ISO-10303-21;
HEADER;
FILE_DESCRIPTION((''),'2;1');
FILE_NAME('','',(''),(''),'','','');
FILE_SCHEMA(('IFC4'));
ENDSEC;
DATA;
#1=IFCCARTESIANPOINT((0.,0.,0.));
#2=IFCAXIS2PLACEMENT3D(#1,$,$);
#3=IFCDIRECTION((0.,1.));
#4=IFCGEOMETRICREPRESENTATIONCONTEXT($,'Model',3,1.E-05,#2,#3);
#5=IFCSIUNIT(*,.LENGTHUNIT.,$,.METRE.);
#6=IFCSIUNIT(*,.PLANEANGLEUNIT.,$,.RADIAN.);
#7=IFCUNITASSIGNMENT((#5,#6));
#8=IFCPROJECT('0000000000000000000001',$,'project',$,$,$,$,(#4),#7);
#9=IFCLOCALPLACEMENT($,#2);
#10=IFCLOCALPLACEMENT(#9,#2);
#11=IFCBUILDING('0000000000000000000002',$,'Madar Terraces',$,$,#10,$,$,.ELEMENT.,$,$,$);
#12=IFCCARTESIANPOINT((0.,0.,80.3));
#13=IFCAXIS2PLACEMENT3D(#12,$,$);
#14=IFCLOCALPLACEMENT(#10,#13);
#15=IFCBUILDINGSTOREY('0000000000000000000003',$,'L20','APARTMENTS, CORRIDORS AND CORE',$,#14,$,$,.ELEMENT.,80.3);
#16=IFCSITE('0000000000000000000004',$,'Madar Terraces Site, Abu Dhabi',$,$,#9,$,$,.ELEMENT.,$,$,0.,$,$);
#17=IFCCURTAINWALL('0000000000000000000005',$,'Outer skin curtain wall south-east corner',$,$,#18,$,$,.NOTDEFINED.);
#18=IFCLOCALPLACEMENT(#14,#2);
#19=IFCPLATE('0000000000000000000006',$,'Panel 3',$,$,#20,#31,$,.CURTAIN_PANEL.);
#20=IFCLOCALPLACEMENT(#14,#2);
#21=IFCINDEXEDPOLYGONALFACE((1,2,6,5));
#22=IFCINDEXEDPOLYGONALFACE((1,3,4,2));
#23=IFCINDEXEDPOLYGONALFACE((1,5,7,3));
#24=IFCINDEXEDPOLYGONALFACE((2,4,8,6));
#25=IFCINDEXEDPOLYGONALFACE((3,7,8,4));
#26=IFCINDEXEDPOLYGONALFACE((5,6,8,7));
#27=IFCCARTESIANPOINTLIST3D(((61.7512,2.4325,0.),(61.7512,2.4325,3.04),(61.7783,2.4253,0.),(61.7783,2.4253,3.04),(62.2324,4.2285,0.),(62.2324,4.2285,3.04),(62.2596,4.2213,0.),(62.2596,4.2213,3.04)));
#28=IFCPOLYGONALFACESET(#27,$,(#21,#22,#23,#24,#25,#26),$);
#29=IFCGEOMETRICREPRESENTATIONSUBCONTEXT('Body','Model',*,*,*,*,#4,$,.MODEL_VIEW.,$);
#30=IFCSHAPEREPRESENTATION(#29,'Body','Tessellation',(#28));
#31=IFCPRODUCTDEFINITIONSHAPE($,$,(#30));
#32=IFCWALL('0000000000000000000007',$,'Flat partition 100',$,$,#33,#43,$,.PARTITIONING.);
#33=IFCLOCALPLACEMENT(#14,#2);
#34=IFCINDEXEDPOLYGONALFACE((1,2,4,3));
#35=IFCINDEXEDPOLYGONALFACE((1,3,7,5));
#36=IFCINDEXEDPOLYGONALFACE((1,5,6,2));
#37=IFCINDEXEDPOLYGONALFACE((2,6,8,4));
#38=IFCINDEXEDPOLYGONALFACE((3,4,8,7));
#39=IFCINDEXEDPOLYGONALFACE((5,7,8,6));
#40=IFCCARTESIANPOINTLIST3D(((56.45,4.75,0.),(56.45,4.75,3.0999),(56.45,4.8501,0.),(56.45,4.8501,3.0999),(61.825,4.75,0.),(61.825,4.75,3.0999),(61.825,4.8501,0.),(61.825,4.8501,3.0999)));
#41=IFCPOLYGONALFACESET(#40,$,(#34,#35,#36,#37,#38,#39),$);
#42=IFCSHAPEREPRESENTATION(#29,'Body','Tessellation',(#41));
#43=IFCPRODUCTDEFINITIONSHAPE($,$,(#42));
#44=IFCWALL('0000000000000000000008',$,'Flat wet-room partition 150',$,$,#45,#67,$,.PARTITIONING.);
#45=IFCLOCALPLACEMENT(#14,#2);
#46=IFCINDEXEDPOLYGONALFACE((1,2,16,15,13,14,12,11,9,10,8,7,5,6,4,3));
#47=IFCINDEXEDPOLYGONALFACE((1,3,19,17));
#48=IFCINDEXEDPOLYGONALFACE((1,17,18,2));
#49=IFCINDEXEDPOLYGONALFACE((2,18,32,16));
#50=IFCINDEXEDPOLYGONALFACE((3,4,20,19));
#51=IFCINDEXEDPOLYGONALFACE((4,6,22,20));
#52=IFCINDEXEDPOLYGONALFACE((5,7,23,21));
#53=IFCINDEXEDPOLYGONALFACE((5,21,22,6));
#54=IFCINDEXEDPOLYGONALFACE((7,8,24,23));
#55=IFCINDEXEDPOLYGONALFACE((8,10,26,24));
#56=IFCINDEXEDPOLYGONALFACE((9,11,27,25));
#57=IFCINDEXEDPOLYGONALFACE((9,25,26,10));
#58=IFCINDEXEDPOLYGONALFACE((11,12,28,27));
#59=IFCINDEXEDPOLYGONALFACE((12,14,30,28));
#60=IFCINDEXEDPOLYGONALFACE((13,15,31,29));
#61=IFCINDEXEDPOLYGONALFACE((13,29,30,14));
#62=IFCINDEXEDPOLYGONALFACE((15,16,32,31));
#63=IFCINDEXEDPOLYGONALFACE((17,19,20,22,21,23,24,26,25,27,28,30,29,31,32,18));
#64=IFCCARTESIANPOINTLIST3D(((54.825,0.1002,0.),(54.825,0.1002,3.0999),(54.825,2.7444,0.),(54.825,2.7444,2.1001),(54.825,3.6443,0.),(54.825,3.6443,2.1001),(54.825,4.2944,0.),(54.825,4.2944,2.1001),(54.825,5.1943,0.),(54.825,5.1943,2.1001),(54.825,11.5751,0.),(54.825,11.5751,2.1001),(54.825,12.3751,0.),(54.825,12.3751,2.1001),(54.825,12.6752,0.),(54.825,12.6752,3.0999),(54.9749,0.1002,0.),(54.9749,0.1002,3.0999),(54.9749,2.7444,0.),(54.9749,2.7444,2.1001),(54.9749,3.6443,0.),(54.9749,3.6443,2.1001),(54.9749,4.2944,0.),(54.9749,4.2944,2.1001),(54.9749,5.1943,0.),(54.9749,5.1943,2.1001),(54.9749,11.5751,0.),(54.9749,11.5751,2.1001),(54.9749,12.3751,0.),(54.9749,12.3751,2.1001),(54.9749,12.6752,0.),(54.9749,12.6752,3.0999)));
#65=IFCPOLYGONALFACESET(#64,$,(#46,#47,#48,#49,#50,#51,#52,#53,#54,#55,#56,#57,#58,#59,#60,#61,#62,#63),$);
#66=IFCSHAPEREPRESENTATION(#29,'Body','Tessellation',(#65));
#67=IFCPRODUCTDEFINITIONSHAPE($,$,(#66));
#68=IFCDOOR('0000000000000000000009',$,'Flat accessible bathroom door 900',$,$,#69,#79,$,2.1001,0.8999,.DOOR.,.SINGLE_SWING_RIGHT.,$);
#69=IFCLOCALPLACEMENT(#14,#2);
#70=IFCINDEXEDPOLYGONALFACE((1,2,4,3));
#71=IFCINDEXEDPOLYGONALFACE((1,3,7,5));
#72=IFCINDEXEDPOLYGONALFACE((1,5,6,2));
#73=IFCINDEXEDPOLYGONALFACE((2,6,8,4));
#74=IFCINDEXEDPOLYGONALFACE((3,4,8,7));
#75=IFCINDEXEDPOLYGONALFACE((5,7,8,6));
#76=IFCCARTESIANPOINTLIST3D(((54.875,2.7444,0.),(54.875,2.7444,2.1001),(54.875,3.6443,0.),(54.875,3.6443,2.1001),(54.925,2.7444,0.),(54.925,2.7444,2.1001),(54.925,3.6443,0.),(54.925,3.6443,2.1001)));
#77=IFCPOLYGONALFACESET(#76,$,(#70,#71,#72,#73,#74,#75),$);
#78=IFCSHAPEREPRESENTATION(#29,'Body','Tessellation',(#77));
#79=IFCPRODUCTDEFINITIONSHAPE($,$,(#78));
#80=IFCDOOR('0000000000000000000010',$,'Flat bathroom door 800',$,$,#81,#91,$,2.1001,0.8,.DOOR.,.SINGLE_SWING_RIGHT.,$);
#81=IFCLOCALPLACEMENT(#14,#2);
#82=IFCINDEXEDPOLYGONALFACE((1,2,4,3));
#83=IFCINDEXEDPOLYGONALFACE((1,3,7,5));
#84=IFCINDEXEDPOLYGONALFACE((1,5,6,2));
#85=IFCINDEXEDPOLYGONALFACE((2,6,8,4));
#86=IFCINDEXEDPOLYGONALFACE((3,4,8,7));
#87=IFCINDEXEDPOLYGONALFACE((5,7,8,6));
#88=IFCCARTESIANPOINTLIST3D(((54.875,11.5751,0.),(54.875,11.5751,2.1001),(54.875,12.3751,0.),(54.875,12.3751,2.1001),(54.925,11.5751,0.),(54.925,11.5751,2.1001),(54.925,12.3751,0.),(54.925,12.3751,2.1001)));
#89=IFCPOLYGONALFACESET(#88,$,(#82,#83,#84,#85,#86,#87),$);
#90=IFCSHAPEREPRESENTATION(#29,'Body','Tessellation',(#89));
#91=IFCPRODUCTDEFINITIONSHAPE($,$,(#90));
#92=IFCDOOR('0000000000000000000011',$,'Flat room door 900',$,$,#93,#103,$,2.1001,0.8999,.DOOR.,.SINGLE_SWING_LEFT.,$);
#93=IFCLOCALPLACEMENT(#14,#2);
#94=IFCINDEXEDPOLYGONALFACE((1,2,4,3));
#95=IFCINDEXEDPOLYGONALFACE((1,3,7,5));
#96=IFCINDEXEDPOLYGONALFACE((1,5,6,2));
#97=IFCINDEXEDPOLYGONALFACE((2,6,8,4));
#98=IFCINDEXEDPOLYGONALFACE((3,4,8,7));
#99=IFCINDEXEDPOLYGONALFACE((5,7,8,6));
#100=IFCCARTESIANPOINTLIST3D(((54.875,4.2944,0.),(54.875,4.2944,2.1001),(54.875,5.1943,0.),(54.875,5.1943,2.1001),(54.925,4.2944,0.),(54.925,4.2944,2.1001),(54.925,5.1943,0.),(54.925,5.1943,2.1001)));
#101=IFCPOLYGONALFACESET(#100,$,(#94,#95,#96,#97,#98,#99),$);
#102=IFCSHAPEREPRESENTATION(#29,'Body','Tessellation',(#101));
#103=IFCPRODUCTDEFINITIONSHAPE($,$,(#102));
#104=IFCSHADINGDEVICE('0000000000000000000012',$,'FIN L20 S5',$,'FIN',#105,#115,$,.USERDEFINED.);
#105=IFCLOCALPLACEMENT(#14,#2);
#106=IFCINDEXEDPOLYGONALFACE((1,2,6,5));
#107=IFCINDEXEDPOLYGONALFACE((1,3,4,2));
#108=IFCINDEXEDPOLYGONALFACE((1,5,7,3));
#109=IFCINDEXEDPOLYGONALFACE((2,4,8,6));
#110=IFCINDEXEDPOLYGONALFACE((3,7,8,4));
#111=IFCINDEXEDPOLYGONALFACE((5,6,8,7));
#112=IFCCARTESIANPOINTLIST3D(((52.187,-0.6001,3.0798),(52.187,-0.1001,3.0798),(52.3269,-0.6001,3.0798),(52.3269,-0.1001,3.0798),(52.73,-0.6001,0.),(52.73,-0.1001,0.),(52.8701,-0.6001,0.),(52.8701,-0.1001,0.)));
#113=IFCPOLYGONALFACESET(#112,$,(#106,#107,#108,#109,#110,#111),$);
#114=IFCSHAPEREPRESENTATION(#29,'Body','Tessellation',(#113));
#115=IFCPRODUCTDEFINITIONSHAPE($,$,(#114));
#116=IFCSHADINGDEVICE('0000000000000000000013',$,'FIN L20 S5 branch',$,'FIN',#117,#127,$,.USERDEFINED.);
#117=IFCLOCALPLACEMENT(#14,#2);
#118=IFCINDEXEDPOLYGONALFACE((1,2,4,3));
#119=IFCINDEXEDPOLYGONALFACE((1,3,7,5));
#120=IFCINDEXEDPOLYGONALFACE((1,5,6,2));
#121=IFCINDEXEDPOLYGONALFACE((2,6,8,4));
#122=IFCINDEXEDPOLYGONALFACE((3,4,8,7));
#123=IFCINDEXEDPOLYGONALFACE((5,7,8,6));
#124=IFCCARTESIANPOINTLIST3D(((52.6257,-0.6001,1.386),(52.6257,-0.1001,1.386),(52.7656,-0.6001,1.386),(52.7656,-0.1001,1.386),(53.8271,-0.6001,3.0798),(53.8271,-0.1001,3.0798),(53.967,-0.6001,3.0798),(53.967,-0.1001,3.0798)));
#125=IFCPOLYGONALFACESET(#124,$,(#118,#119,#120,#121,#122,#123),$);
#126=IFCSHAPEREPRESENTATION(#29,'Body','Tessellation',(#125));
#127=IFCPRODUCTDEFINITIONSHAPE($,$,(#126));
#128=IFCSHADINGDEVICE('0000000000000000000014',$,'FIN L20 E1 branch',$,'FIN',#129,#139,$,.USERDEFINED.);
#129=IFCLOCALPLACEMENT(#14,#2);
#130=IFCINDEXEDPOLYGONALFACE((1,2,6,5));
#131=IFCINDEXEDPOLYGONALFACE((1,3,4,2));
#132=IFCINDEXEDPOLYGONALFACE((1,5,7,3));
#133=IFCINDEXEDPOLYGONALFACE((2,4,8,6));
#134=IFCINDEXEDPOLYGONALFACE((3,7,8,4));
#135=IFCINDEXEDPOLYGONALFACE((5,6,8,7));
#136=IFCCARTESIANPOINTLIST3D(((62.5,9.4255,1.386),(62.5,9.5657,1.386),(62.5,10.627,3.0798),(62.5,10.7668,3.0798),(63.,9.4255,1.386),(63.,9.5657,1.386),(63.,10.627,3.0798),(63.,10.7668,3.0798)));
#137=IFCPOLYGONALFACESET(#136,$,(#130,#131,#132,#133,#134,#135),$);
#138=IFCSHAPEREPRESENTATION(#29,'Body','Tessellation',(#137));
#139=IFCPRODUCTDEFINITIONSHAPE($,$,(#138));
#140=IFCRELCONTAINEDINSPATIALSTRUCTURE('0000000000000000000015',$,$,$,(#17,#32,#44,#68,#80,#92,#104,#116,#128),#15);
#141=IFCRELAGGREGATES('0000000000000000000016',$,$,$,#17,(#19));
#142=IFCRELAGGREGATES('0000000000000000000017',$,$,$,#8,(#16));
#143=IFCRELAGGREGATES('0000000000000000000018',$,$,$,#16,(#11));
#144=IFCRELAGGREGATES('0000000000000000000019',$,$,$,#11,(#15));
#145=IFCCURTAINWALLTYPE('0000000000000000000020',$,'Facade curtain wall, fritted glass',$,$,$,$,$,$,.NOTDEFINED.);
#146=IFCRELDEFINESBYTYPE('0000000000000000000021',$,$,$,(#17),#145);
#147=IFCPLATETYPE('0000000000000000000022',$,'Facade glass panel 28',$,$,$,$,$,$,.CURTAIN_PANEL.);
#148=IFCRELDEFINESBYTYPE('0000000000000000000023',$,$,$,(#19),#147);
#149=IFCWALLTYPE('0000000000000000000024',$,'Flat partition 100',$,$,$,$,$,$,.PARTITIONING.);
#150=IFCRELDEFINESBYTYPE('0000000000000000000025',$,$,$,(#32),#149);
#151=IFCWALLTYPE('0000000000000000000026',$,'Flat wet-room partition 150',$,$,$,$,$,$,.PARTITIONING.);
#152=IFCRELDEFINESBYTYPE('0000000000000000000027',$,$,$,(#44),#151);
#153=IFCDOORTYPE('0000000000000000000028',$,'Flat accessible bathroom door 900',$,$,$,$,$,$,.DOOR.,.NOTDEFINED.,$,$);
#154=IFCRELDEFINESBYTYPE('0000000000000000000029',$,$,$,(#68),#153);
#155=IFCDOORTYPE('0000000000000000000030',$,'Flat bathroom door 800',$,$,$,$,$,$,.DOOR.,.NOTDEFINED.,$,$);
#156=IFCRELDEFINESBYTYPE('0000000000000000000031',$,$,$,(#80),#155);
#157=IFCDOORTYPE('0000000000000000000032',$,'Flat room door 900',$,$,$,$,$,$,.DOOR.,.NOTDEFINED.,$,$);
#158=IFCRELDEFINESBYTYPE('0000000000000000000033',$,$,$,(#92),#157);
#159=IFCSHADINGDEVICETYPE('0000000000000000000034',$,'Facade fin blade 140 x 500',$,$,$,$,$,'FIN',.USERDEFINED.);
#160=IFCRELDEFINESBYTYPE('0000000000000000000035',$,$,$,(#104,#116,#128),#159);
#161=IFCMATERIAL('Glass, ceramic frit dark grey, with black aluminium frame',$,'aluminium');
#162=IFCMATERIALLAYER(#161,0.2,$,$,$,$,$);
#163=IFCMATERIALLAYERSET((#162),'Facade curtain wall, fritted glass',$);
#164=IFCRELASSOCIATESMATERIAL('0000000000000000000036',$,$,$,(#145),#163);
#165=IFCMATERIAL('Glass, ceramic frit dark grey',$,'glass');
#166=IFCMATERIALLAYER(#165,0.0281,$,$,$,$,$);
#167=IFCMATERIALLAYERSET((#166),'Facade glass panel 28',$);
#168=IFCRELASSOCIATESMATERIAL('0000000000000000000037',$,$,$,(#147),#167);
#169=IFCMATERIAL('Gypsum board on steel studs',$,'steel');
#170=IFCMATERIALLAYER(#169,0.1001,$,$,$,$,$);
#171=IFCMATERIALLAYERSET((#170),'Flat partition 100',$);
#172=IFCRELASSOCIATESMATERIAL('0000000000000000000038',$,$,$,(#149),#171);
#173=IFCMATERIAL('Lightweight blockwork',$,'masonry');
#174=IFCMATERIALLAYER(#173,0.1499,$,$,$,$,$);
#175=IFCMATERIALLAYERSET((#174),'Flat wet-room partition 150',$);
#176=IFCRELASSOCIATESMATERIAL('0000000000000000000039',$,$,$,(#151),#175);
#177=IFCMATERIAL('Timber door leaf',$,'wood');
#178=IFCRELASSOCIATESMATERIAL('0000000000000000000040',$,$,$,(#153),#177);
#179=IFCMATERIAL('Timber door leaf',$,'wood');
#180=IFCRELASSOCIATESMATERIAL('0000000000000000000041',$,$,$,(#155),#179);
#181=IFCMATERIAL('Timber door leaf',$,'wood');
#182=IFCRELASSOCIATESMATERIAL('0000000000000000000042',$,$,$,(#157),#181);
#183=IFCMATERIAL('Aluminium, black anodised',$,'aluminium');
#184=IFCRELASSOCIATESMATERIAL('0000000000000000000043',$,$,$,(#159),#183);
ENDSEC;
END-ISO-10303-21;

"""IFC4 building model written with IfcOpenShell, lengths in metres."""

from ifc_helpers import new_model, si_unit, direction, frame, frame_2d, origin, origin_2d, place, context, subcontext, project, spatial, polyline, rectangle, outline, extrude, material, layer, layer_set, type_object, element, fill, aggregate, save


model = new_model("IFC4")

# Units and contexts
model_context = context("Model", 3, precision=1e-05, world=origin(), true_north=direction((0.0, 1.0)))
body_context = subcontext(model_context, "Body", "Model", "MODEL_VIEW")
ifc_project = project(units=[si_unit("LENGTHUNIT", "METRE"), si_unit("PLANEANGLEUNIT", "RADIAN")], contexts=[model_context])

# Site, building, storey
site_placement = place(None, origin())
site = spatial("IfcSite", under=ifc_project, at=site_placement, Name="Madar Terraces Site, Abu Dhabi", CompositionType="ELEMENT", RefElevation=0.0)
building_placement = place(site_placement, origin())
building = spatial("IfcBuilding", under=site, at=building_placement, Name="Madar Terraces", CompositionType="ELEMENT")
storey_placement = place(building_placement, frame((0.0, 0.0, 80.3)))
storey = spatial("IfcBuildingStorey", under=building, at=storey_placement, Name="L20", Description="APARTMENTS, CORRIDORS AND CORE", CompositionType="ELEMENT", Elevation=80.3)

# Shared definitions
ifc_material_1 = material(Name="Glass, ceramic frit dark grey, with black aluminium frame", Category="aluminium")
ifc_layer_1 = layer(ifc_material_1, 0.2)
ifc_layer_set_1 = layer_set([ifc_layer_1], Name="Facade curtain wall, fritted glass")
curtain_wall_type = type_object("IfcCurtainWallType", Name="Facade curtain wall, fritted glass", PredefinedType="NOTDEFINED", material=ifc_layer_set_1)

# Curtain wall
curtain_wall_1_placement = place(storey_placement, origin())
curtain_wall_1 = element("IfcCurtainWall", 1, at=curtain_wall_1_placement, inside=storey, type_object=curtain_wall_type, Name="Outer skin curtain wall south-east corner", PredefinedType="NOTDEFINED")

# Plate
ifc_material_2 = material(Name="Glass, ceramic frit dark grey", Category="glass")
ifc_layer_2 = layer(ifc_material_2, 0.0281)
ifc_layer_set_2 = layer_set([ifc_layer_2], Name="Facade glass panel 28")
plate_type = type_object("IfcPlateType", Name="Facade glass panel 28", PredefinedType="CURTAIN_PANEL", material=ifc_layer_set_2)
plate_1_placement = place(storey_placement, frame((62.0054, 3.3269, 0.0), z_axis=(0.0, 0.0, 1.0), x_axis=(0.258819, 0.965926, 0.0)))
plate_1 = element("IfcPlate", 2, at=plate_1_placement, type_object=plate_type, Name="Panel 3", PredefinedType="CURTAIN_PANEL", context=body_context, shape_type="SweptSolid", body=[
    extrude(rectangle(XDim=1.8594, YDim=0.0281, at=origin_2d()), origin(), (0.0, 0.0, 1.0), 3.04),
])
aggregate(curtain_wall_1, [plate_1])

# Wall
ifc_material_3 = material(Name="Gypsum board on steel studs", Category="steel")
ifc_layer_3 = layer(ifc_material_3, 0.1001)
ifc_layer_set_3 = layer_set([ifc_layer_3], Name="Flat partition 100")
wall_type_1 = type_object("IfcWallType", Name="Flat partition 100", PredefinedType="PARTITIONING", material=ifc_layer_set_3)
wall_1_placement = place(storey_placement, frame((56.45, 4.8, 0.0), z_axis=(0.0, 0.0, 1.0), x_axis=(1.0, 0.0, 0.0)))
element("IfcWall", 3, at=wall_1_placement, inside=storey, type_object=wall_type_1, Name="Flat partition 100", PredefinedType="PARTITIONING", context=body_context, shape_type="SweptSolid", body=[
    extrude(rectangle(XDim=5.375, YDim=0.1001, at=frame_2d((2.6875, 0.0))), origin(), (0.0, 0.0, 1.0), 3.0999),
])

# Wall, openings, doors
ifc_material_4 = material(Name="Lightweight blockwork", Category="masonry")
ifc_layer_4 = layer(ifc_material_4, 0.1499)
ifc_layer_set_4 = layer_set([ifc_layer_4], Name="Flat wet-room partition 150")
wall_type_2 = type_object("IfcWallType", Name="Flat wet-room partition 150", PredefinedType="PARTITIONING", material=ifc_layer_set_4)
wall_2_placement = place(storey_placement, frame((54.8999, 0.1001, 0.0), z_axis=(0.0, 0.0, 1.0), x_axis=(0.0, 1.0, 0.0)))
wall_2 = element("IfcWall", 4, at=wall_2_placement, inside=storey, type_object=wall_type_2, Name="Flat wet-room partition 150", PredefinedType="PARTITIONING", context=body_context, shape_type="SweptSolid", body=[
    extrude(rectangle(XDim=12.575, YDim=0.1499, at=frame_2d((6.2876, 0.0))), origin(), (0.0, 0.0, 1.0), 3.0999),
])
opening_1_placement = place(wall_2_placement, frame((11.4751, 0.0, 0.0)))
opening_1 = element("IfcOpeningElement", 5, at=opening_1_placement, cuts=wall_2, PredefinedType="OPENING", context=body_context, shape_type="SweptSolid", body=[
    extrude(rectangle(XDim=0.8, YDim=2.1001, at=frame_2d((0.3999, 1.05))), frame((0.0, 0.085, 0.0), z_axis=(0.0, -1.0, 0.0), x_axis=(1.0, 0.0, 0.0)), (0.0, 0.0, 1.0), 0.1699),
])
opening_2_placement = place(wall_2_placement, frame((4.1943, 0.0, 0.0)))
opening_2 = element("IfcOpeningElement", 6, at=opening_2_placement, cuts=wall_2, PredefinedType="OPENING", context=body_context, shape_type="SweptSolid", body=[
    extrude(rectangle(XDim=0.8999, YDim=2.1001, at=frame_2d((0.45, 1.05))), frame((0.0, 0.085, 0.0), z_axis=(0.0, -1.0, 0.0), x_axis=(1.0, 0.0, 0.0)), (0.0, 0.0, 1.0), 0.1699),
])
opening_3_placement = place(wall_2_placement, frame((2.6443, 0.0, 0.0)))
opening_3 = element("IfcOpeningElement", 7, at=opening_3_placement, cuts=wall_2, PredefinedType="OPENING", context=body_context, shape_type="SweptSolid", body=[
    extrude(rectangle(XDim=0.8999, YDim=2.1001, at=frame_2d((0.45, 1.05))), frame((0.0, 0.085, 0.0), z_axis=(0.0, -1.0, 0.0), x_axis=(1.0, 0.0, 0.0)), (0.0, 0.0, 1.0), 0.1699),
])
ifc_material_5 = material(Name="Timber door leaf", Category="wood")
door_type_1 = type_object("IfcDoorType", Name="Flat accessible bathroom door 900", OperationType="NOTDEFINED", PredefinedType="DOOR", material=ifc_material_5)
door_1_placement = place(opening_3_placement, origin())
door_1 = element("IfcDoor", 8, at=door_1_placement, inside=storey, type_object=door_type_1, Name="Flat accessible bathroom door 900", OperationType="SINGLE_SWING_RIGHT", OverallHeight=2.1001, OverallWidth=0.8999, PredefinedType="DOOR", context=body_context, shape_type="SweptSolid", body=[
    extrude(rectangle(XDim=0.8999, YDim=2.1001, at=frame_2d((0.45, 1.05))), frame((0.0, 0.0249, 0.0), z_axis=(0.0, -1.0, 0.0), x_axis=(1.0, 0.0, 0.0)), (0.0, 0.0, 1.0), 0.05),
])
fill(opening_3, door_1)
ifc_material_6 = material(Name="Timber door leaf", Category="wood")
door_type_2 = type_object("IfcDoorType", Name="Flat bathroom door 800", OperationType="NOTDEFINED", PredefinedType="DOOR", material=ifc_material_6)
door_2_placement = place(opening_1_placement, origin())
door_2 = element("IfcDoor", 9, at=door_2_placement, inside=storey, type_object=door_type_2, Name="Flat bathroom door 800", OperationType="SINGLE_SWING_RIGHT", OverallHeight=2.1001, OverallWidth=0.8, PredefinedType="DOOR", context=body_context, shape_type="SweptSolid", body=[
    extrude(rectangle(XDim=0.8, YDim=2.1001, at=frame_2d((0.3999, 1.05))), frame((0.0, 0.0249, 0.0), z_axis=(0.0, -1.0, 0.0), x_axis=(1.0, 0.0, 0.0)), (0.0, 0.0, 1.0), 0.05),
])
fill(opening_1, door_2)
ifc_material_7 = material(Name="Timber door leaf", Category="wood")
door_type_3 = type_object("IfcDoorType", Name="Flat room door 900", OperationType="NOTDEFINED", PredefinedType="DOOR", material=ifc_material_7)
door_3_placement = place(opening_2_placement, origin())
door_3 = element("IfcDoor", 10, at=door_3_placement, inside=storey, type_object=door_type_3, Name="Flat room door 900", OperationType="SINGLE_SWING_LEFT", OverallHeight=2.1001, OverallWidth=0.8999, PredefinedType="DOOR", context=body_context, shape_type="SweptSolid", body=[
    extrude(rectangle(XDim=0.8999, YDim=2.1001, at=frame_2d((0.45, 1.05))), frame((0.0, 0.0249, 0.0), z_axis=(0.0, -1.0, 0.0), x_axis=(1.0, 0.0, 0.0)), (0.0, 0.0, 1.0), 0.05),
])
fill(opening_2, door_3)

# Shading devices
ifc_material_8 = material(Name="Aluminium, black anodised", Category="aluminium")
shading_device_type = type_object("IfcShadingDeviceType", Name="Facade fin blade 140 x 500", ElementType="FIN", PredefinedType="USERDEFINED", material=ifc_material_8)
shading_device_1_placement = place(storey_placement, frame((52.73, -0.3501, 0.0), z_axis=(0.0, 0.0, 1.0), x_axis=(1.0, 0.0, 0.0)))
element("IfcShadingDevice", 11, at=shading_device_1_placement, inside=storey, type_object=shading_device_type, Name="FIN L20 S5", ObjectType="FIN", PredefinedType="USERDEFINED", context=body_context, shape_type="SweptSolid", body=[
    extrude(outline(polyline([(0.0, 0.0), (0.1401, 0.0), (-0.4031, 3.0798), (-0.543, 3.0798), (0.0, 0.0)])), frame((0.0, 0.25, 0.0), z_axis=(0.0, -1.0, 0.0), x_axis=(1.0, 0.0, 0.0)), (0.0, 0.0, 1.0), 0.5),
])
shading_device_2_placement = place(storey_placement, frame((52.6257, -0.3501, 1.386), z_axis=(0.0, 0.0, 1.0), x_axis=(1.0, 0.0, 0.0)))
element("IfcShadingDevice", 12, at=shading_device_2_placement, inside=storey, type_object=shading_device_type, Name="FIN L20 S5 branch", ObjectType="FIN", PredefinedType="USERDEFINED", context=body_context, shape_type="SweptSolid", body=[
    extrude(outline(polyline([(0.0, 0.0), (0.1399, 0.0), (1.3413, 1.6938), (1.2014, 1.6938), (0.0, 0.0)])), frame((0.0, 0.25, 0.0), z_axis=(0.0, -1.0, 0.0), x_axis=(1.0, 0.0, 0.0)), (0.0, 0.0, 1.0), 0.5),
])
shading_device_3_placement = place(storey_placement, frame((62.75, 9.4255, 1.386), z_axis=(0.0, 0.0, 1.0), x_axis=(0.0, 1.0, 0.0)))
element("IfcShadingDevice", 13, at=shading_device_3_placement, inside=storey, type_object=shading_device_type, Name="FIN L20 E1 branch", ObjectType="FIN", PredefinedType="USERDEFINED", context=body_context, shape_type="SweptSolid", body=[
    extrude(outline(polyline([(0.0, 0.0), (0.1401, 0.0), (1.3413, 1.6938), (1.2014, 1.6938), (0.0, 0.0)])), frame((0.0, 0.25, 0.0), z_axis=(0.0, -1.0, 0.0), x_axis=(1.0, 0.0, 0.0)), (0.0, 0.0, 1.0), 0.5),
])

save(model, "model.ifc")
